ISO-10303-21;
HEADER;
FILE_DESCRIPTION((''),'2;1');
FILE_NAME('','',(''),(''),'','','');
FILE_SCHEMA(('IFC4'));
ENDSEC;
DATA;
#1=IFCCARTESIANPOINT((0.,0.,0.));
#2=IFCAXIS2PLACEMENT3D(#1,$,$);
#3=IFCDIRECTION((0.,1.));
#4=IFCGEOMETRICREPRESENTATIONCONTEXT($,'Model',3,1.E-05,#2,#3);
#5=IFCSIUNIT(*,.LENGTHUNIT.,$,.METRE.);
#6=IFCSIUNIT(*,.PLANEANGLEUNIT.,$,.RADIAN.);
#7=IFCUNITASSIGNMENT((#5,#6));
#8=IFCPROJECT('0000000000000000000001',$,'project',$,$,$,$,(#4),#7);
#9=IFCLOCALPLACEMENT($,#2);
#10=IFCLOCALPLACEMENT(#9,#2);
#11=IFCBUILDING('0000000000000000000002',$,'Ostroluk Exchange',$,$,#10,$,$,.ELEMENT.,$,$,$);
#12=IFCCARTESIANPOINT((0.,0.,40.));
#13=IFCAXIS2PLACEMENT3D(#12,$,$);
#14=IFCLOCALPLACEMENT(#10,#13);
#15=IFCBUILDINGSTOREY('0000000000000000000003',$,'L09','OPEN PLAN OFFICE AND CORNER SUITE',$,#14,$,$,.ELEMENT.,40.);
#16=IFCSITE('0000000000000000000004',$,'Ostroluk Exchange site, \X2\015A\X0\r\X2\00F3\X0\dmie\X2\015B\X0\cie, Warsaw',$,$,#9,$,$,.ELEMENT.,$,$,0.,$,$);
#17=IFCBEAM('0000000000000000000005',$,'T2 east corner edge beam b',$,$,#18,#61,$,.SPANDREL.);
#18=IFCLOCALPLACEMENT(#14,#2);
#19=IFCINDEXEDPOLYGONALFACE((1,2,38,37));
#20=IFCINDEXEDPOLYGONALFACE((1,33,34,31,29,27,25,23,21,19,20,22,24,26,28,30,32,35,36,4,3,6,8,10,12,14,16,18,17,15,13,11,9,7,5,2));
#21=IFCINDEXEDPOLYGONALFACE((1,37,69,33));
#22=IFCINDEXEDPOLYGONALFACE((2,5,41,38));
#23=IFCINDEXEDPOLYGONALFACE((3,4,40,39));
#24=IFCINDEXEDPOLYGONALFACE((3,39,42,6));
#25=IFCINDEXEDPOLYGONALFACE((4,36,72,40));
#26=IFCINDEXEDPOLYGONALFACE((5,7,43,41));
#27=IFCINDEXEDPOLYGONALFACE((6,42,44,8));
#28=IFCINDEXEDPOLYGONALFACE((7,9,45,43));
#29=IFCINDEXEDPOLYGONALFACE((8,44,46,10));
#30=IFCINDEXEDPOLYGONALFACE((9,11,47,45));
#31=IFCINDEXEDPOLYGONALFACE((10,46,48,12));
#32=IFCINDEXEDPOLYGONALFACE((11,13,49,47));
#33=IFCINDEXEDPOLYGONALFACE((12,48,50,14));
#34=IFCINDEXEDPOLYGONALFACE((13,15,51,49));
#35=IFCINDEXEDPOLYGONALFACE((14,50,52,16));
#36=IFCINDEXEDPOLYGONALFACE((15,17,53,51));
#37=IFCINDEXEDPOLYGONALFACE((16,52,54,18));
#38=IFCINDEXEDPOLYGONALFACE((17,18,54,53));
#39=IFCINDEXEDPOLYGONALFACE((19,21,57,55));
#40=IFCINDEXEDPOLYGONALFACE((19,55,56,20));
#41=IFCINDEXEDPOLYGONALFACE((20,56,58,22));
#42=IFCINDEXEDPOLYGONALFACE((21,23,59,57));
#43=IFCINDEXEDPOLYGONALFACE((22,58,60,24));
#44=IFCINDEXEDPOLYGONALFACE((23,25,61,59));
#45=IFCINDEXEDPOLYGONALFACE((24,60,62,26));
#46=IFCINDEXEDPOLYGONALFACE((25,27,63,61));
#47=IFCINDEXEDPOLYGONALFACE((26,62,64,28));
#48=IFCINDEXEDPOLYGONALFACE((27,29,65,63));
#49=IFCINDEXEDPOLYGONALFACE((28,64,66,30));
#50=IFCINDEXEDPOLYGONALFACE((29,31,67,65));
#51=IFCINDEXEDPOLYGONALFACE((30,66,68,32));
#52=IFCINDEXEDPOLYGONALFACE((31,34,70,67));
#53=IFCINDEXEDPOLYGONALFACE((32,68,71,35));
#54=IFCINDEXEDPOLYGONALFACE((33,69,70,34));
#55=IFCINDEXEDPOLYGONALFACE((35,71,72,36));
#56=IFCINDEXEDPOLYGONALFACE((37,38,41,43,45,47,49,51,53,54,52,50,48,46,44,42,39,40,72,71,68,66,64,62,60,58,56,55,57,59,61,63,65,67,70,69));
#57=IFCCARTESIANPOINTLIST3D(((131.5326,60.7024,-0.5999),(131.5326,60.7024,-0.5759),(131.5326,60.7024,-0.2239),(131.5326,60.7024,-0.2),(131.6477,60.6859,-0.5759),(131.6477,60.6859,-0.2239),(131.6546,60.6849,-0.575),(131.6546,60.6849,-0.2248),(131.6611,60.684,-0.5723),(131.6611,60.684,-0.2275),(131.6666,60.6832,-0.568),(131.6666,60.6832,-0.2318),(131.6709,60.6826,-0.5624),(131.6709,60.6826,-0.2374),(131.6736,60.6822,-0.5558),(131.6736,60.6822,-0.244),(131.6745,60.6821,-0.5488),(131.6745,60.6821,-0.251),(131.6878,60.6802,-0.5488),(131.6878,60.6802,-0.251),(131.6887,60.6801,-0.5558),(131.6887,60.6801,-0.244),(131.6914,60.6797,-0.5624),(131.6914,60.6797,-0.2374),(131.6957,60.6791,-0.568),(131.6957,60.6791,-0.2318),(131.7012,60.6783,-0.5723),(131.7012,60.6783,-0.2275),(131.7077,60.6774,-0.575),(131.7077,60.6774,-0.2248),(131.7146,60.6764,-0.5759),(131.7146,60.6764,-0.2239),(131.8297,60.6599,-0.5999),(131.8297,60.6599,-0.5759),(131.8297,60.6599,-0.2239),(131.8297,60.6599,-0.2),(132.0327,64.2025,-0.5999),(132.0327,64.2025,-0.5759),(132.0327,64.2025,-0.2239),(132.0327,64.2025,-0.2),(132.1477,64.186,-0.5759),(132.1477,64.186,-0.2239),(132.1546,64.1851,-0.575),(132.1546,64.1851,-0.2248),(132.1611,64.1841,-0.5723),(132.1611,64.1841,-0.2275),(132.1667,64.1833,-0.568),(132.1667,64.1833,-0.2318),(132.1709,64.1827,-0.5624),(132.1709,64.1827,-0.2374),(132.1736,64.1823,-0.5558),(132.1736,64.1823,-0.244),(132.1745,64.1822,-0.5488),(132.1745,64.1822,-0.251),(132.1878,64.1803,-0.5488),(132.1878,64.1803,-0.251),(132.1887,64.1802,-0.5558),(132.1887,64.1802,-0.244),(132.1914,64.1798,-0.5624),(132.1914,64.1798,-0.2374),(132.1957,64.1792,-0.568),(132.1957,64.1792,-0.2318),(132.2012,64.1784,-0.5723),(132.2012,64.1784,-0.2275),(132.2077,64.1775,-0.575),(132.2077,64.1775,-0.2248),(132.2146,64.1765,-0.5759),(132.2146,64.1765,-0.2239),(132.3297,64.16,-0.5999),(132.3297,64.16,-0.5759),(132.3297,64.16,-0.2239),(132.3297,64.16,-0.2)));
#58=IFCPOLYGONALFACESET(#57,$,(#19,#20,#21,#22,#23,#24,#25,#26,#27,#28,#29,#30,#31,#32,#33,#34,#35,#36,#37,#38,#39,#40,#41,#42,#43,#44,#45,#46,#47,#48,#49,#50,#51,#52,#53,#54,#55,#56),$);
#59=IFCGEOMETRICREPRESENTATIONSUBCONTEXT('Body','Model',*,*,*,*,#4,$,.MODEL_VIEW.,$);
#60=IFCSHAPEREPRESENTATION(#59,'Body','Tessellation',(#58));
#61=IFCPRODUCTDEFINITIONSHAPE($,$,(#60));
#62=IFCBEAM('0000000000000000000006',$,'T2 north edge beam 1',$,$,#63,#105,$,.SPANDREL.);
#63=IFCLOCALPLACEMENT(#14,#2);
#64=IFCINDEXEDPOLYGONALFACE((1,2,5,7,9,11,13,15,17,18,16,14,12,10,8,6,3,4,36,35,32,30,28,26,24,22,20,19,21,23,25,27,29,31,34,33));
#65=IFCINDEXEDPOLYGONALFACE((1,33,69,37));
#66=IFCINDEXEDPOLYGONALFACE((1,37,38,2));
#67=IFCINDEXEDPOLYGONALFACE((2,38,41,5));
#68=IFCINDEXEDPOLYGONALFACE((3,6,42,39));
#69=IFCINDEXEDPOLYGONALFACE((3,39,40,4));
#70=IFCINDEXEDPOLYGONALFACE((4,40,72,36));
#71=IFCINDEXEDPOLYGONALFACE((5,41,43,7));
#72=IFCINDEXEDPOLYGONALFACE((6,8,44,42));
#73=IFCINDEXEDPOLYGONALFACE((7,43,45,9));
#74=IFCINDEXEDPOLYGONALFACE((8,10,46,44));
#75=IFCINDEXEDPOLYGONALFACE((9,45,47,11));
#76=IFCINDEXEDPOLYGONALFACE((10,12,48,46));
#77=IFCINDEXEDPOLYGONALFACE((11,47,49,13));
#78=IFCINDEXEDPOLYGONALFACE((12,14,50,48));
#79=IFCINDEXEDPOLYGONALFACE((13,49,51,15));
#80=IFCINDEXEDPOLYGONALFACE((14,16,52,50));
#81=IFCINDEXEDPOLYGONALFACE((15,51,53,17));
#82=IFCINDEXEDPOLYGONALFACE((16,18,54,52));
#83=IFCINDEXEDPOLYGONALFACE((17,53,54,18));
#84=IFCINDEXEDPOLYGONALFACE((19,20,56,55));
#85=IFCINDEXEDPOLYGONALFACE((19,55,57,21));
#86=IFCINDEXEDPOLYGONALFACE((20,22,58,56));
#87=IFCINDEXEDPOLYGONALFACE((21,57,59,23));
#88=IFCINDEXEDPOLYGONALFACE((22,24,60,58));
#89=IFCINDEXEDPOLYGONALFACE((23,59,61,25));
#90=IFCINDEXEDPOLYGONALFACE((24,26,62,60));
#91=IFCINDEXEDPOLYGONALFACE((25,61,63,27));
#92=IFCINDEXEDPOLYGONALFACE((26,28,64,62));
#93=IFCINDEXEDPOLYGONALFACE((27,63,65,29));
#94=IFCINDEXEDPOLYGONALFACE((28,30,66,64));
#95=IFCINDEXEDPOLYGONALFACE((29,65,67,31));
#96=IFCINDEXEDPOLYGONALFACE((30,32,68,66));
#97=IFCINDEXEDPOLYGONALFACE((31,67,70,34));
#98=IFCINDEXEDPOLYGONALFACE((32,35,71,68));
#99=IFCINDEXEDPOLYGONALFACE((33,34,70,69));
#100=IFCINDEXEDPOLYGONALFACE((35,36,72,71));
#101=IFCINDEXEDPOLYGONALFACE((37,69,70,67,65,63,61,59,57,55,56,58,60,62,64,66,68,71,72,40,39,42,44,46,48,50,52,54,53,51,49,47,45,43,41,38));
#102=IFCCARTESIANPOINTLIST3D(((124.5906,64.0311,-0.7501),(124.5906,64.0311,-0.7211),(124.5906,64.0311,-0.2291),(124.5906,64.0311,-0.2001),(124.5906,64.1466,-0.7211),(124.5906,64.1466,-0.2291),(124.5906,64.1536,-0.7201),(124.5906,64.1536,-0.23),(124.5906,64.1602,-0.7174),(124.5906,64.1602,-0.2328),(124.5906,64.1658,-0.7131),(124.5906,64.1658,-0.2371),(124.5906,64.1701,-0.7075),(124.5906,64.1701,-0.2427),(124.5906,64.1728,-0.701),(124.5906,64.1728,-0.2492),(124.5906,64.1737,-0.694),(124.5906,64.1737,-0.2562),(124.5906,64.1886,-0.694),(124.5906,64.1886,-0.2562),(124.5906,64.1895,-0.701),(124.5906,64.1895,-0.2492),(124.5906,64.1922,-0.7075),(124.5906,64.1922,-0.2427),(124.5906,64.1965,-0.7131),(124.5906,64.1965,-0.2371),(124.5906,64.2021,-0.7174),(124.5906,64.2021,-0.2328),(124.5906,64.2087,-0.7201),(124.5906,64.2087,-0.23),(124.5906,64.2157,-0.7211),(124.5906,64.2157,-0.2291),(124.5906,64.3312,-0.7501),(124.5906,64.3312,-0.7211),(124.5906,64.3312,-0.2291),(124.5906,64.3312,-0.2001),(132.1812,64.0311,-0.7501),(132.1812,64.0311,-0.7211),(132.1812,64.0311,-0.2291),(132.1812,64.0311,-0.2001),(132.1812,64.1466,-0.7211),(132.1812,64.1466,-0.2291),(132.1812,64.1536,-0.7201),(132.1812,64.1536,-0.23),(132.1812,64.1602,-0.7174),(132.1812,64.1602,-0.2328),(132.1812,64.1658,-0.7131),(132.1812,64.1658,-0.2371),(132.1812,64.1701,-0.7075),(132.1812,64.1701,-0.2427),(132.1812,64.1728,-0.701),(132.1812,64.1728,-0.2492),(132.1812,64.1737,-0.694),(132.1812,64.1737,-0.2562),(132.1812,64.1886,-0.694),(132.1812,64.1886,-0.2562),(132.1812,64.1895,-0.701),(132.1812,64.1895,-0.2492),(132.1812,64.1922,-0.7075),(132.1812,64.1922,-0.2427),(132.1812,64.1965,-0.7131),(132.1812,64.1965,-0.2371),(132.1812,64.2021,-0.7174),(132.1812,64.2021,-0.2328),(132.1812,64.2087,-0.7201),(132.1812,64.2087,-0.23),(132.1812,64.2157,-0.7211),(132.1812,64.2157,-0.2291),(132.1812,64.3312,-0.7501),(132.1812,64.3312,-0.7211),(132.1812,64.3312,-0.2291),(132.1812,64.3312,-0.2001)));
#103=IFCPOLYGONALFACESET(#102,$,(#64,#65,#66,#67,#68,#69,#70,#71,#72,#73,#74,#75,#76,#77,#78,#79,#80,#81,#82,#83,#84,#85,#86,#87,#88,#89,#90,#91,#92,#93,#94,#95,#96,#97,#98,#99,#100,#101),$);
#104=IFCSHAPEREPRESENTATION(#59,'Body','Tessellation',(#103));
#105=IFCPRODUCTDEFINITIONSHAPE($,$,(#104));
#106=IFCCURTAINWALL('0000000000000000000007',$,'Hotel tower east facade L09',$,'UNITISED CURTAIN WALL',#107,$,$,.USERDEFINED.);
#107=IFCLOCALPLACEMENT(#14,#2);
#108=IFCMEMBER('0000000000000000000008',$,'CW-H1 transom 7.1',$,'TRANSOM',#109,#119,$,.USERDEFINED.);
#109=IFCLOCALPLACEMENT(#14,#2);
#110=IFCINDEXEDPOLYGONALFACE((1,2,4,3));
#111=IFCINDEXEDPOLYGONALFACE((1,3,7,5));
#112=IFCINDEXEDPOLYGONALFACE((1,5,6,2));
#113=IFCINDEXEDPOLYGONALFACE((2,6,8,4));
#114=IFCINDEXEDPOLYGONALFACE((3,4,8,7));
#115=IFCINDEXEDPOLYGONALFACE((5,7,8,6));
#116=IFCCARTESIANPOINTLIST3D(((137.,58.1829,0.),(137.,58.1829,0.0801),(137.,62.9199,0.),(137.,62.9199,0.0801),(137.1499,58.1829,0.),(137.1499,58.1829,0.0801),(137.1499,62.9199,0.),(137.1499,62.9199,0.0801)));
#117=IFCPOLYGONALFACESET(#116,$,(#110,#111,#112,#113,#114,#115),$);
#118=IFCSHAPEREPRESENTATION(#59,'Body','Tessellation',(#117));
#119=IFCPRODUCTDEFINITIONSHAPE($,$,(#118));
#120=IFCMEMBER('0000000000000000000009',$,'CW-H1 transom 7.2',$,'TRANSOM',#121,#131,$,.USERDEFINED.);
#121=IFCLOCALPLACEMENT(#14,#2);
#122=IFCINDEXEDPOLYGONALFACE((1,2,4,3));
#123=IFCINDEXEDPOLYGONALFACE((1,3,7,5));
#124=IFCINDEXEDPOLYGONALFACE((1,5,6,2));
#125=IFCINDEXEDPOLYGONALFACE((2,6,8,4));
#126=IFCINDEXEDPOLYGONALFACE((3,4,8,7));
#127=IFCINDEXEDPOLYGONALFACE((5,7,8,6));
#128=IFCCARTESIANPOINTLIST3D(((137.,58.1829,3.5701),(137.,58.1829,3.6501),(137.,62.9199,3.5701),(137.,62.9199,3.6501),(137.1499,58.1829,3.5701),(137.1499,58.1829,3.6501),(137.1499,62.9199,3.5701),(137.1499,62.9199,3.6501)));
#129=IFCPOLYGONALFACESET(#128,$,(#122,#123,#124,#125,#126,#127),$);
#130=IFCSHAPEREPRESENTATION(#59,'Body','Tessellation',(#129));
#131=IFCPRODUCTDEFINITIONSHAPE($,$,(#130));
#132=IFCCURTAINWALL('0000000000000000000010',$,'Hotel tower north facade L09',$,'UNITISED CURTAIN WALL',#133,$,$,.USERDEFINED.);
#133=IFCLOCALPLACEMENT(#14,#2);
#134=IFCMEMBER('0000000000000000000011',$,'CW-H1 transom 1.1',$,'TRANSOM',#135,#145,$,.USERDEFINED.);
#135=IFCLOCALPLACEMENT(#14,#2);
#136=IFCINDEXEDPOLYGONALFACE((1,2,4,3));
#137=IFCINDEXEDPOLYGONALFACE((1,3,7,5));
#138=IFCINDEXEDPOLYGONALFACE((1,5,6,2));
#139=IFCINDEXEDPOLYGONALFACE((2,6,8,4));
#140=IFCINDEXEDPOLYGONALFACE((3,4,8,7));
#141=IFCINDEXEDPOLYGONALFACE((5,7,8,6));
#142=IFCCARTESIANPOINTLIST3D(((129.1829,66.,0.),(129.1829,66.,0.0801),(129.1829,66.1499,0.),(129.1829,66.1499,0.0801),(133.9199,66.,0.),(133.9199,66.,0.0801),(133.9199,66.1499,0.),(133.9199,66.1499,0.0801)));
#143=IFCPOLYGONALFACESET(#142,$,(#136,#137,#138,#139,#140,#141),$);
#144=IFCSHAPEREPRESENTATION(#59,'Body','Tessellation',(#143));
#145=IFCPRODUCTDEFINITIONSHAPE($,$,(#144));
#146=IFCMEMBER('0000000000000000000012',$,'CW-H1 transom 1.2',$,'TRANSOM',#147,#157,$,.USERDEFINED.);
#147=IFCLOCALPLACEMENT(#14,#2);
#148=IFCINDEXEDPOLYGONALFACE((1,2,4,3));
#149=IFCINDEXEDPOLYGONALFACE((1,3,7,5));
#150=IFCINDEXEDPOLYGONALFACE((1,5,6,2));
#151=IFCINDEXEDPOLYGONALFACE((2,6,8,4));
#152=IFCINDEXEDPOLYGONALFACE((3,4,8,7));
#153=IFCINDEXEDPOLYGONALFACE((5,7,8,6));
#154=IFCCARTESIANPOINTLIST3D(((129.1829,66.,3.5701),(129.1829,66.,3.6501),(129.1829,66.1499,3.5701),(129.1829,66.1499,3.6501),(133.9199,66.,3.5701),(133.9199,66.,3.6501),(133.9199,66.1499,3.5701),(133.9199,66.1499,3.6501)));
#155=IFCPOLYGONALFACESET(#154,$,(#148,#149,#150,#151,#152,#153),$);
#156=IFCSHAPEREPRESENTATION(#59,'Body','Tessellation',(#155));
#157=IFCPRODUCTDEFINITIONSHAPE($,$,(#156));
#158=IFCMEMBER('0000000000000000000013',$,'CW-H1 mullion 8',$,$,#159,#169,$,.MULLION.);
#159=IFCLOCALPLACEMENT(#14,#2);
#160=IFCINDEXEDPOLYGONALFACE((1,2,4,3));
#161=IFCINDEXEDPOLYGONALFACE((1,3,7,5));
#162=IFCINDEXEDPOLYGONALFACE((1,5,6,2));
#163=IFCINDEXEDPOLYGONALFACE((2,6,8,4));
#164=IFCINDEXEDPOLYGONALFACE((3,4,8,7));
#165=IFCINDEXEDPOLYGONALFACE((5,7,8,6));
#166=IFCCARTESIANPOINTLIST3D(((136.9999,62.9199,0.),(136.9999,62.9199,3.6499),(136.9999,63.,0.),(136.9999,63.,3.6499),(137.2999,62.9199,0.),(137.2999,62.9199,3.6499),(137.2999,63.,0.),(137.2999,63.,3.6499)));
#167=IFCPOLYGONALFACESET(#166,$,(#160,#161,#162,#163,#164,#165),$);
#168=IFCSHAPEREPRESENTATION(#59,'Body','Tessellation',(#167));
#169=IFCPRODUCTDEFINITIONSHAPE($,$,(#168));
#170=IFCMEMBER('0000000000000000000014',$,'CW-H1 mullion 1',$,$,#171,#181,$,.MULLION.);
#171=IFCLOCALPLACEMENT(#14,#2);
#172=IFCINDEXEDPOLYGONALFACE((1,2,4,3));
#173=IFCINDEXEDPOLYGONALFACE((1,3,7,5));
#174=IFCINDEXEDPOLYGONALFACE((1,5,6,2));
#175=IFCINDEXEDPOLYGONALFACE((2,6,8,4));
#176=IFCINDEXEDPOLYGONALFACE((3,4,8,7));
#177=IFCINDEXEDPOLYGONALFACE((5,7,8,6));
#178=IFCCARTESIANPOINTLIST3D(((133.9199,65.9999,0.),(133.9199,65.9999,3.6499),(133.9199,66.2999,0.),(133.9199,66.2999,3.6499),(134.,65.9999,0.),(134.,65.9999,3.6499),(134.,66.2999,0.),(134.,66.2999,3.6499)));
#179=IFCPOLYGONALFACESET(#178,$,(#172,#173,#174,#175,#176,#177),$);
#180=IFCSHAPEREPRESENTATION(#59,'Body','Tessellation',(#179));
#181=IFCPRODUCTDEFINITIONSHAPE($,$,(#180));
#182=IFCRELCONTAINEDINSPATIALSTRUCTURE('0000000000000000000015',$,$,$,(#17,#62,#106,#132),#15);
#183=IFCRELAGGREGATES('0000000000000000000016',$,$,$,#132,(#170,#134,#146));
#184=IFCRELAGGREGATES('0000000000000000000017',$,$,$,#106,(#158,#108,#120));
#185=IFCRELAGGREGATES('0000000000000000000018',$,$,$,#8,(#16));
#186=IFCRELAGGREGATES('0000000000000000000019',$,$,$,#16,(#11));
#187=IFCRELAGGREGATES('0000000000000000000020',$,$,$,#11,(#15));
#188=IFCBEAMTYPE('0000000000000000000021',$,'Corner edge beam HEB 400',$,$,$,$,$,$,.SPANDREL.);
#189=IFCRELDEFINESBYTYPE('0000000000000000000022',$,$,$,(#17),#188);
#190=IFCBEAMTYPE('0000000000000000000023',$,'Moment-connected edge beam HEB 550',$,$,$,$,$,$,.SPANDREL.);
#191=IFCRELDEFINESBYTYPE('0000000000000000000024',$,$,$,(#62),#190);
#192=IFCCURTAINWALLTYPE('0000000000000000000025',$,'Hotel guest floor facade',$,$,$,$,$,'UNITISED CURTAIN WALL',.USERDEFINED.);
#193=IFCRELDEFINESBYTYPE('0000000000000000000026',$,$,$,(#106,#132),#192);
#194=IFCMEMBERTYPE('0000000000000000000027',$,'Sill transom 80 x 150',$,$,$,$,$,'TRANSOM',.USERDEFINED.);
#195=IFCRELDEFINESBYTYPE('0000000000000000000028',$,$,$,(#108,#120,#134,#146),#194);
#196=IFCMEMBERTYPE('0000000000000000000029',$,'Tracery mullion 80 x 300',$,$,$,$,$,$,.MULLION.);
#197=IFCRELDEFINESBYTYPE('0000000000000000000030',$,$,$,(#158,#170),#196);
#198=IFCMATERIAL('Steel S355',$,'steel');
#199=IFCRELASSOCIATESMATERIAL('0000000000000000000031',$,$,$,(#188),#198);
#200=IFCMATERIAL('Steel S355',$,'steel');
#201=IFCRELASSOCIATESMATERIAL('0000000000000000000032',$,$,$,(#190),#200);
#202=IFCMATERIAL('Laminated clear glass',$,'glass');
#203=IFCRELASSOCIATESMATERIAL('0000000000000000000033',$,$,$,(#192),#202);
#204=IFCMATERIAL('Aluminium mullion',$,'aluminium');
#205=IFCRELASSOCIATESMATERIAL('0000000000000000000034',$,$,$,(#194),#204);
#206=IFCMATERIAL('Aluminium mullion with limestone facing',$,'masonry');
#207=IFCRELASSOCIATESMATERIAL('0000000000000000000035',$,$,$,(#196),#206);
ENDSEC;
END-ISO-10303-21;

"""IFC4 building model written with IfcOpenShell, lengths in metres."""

from ifc_helpers import new_model, si_unit, direction, frame, origin, origin_2d, place, context, subcontext, project, spatial, rectangle, i_section, extrude, material, material_profile, profile_set, type_object, element, aggregate, save


model = new_model("IFC4")

# Units and contexts
model_context = context("Model", 3, precision=1e-05, world=origin(), true_north=direction((0.0, 1.0)))
body_context = subcontext(model_context, "Body", "Model", "MODEL_VIEW")
ifc_project = project(units=[si_unit("LENGTHUNIT", "METRE"), si_unit("PLANEANGLEUNIT", "RADIAN")], contexts=[model_context])

# Site, building, storey
site_placement = place(None, origin())
site = spatial("IfcSite", under=ifc_project, at=site_placement, Name="Ostroluk Exchange site, Śródmieście, Warsaw", CompositionType="ELEMENT", RefElevation=0.0)
building_placement = place(site_placement, origin())
building = spatial("IfcBuilding", under=site, at=building_placement, Name="Ostroluk Exchange", CompositionType="ELEMENT")
storey_placement = place(building_placement, frame((0.0, 0.0, 40.0)))
storey = spatial("IfcBuildingStorey", under=building, at=storey_placement, Name="L09", Description="OPEN PLAN OFFICE AND CORNER SUITE", CompositionType="ELEMENT", Elevation=40.0)

# Beams
ifc_material_1 = material(Name="Steel S355", Category="steel")
ifc_material_profile_1 = material_profile(ifc_material_1, i_section(OverallWidth=0.3, OverallDepth=0.3999, WebThickness=0.0134, FlangeThickness=0.0239, FilletRadius=0.0271, at=origin_2d()), Name="HEB 400")
ifc_profile_set_1 = profile_set([ifc_material_profile_1], Name="Steel S355")
beam_type_1 = type_object("IfcBeamType", Name="Corner edge beam HEB 400", PredefinedType="SPANDREL", material=ifc_profile_set_1)
for number, where, z_axis, x_axis, name in (
    (1, (131.6812, 60.6812, -0.3999), (0.141421, 0.989949, 0.0), (-0.989949, 0.141421, 0.0), "T2 east corner edge beam b"),
):
    element("IfcBeam", number, at=place(storey_placement, frame(where, z_axis=z_axis, x_axis=x_axis)), inside=storey, type_object=beam_type_1, Name=name, PredefinedType="SPANDREL", context=body_context, shape_type="SweptSolid", body=[
        extrude(i_section(OverallWidth=0.3, OverallDepth=0.3999, WebThickness=0.0134, FlangeThickness=0.0239, FilletRadius=0.0271, at=origin_2d()), origin(), (0.0, 0.0, 1.0), 3.5356),
    ])
ifc_material_2 = material(Name="Steel S355", Category="steel")
ifc_material_profile_2 = material_profile(ifc_material_2, i_section(OverallWidth=0.3, OverallDepth=0.55, WebThickness=0.0149, FlangeThickness=0.0291, FilletRadius=0.0271, at=origin_2d()), Name="HEB 550")
ifc_profile_set_2 = profile_set([ifc_material_profile_2], Name="Steel S355")
beam_type_2 = type_object("IfcBeamType", Name="Moment-connected edge beam HEB 550", PredefinedType="SPANDREL", material=ifc_profile_set_2)
beam_1_placement = place(storey_placement, frame((132.1812, 64.1812, -0.4751), z_axis=(-1.0, 0.0, 0.0), x_axis=(0.0, -1.0, 0.0)))
element("IfcBeam", 2, at=beam_1_placement, inside=storey, type_object=beam_type_2, Name="T2 north edge beam 1", PredefinedType="SPANDREL", context=body_context, shape_type="SweptSolid", body=[
    extrude(i_section(OverallWidth=0.3, OverallDepth=0.55, WebThickness=0.0149, FlangeThickness=0.0291, FilletRadius=0.0271, at=origin_2d()), origin(), (0.0, 0.0, 1.0), 7.5906),
])

# Curtain walls, members
ifc_material_3 = material(Name="Laminated clear glass", Category="glass")
curtain_wall_type = type_object("IfcCurtainWallType", Name="Hotel guest floor facade", ElementType="UNITISED CURTAIN WALL", PredefinedType="USERDEFINED", material=ifc_material_3)
curtain_wall_1_placement = place(storey_placement, origin())
curtain_wall_1 = element("IfcCurtainWall", 3, at=curtain_wall_1_placement, inside=storey, type_object=curtain_wall_type, Name="Hotel tower east facade L09", ObjectType="UNITISED CURTAIN WALL", PredefinedType="USERDEFINED")
ifc_material_4 = material(Name="Aluminium mullion", Category="aluminium")
ifc_material_profile_3 = material_profile(ifc_material_4, rectangle(XDim=0.1499, YDim=0.0801, at=origin_2d()), Name="Sill transom 80 x 150")
ifc_profile_set_3 = profile_set([ifc_material_profile_3], Name="Aluminium mullion")
member_type_1 = type_object("IfcMemberType", Name="Sill transom 80 x 150", ElementType="TRANSOM", PredefinedType="USERDEFINED", material=ifc_profile_set_3)
member_1_placement = place(storey_placement, frame((137.075, 58.1829, 0.04), z_axis=(0.0, 1.0, 0.0), x_axis=(-1.0, 0.0, 0.0)))
member_1 = element("IfcMember", 4, at=member_1_placement, type_object=member_type_1, Name="CW-H1 transom 7.1", ObjectType="TRANSOM", PredefinedType="USERDEFINED", context=body_context, shape_type="SweptSolid", body=[
    extrude(rectangle(XDim=0.1499, YDim=0.0801, at=origin_2d()), origin(), (0.0, 0.0, 1.0), 4.7371),
])
member_2_placement = place(storey_placement, frame((137.075, 58.1829, 3.6101), z_axis=(0.0, 1.0, 0.0), x_axis=(-1.0, 0.0, 0.0)))
member_2 = element("IfcMember", 5, at=member_2_placement, type_object=member_type_1, Name="CW-H1 transom 7.2", ObjectType="TRANSOM", PredefinedType="USERDEFINED", context=body_context, shape_type="SweptSolid", body=[
    extrude(rectangle(XDim=0.1499, YDim=0.0801, at=origin_2d()), origin(), (0.0, 0.0, 1.0), 4.7371),
])
curtain_wall_2_placement = place(storey_placement, origin())
curtain_wall_2 = element("IfcCurtainWall", 6, at=curtain_wall_2_placement, inside=storey, type_object=curtain_wall_type, Name="Hotel tower north facade L09", ObjectType="UNITISED CURTAIN WALL", PredefinedType="USERDEFINED")
member_3_placement = place(storey_placement, frame((133.9199, 66.075, 0.04), z_axis=(-1.0, 0.0, 0.0), x_axis=(0.0, -1.0, 0.0)))
member_3 = element("IfcMember", 7, at=member_3_placement, type_object=member_type_1, Name="CW-H1 transom 1.1", ObjectType="TRANSOM", PredefinedType="USERDEFINED", context=body_context, shape_type="SweptSolid", body=[
    extrude(rectangle(XDim=0.1499, YDim=0.0801, at=origin_2d()), origin(), (0.0, 0.0, 1.0), 4.7371),
])
member_4_placement = place(storey_placement, frame((133.9199, 66.075, 3.6101), z_axis=(-1.0, 0.0, 0.0), x_axis=(0.0, -1.0, 0.0)))
member_4 = element("IfcMember", 8, at=member_4_placement, type_object=member_type_1, Name="CW-H1 transom 1.2", ObjectType="TRANSOM", PredefinedType="USERDEFINED", context=body_context, shape_type="SweptSolid", body=[
    extrude(rectangle(XDim=0.1499, YDim=0.0801, at=origin_2d()), origin(), (0.0, 0.0, 1.0), 4.7371),
])

# Members
ifc_material_5 = material(Name="Aluminium mullion with limestone facing", Category="masonry")
ifc_material_profile_4 = material_profile(ifc_material_5, rectangle(XDim=0.3, YDim=0.0801, at=origin_2d()), Name="Tracery mullion 80 x 300")
ifc_profile_set_4 = profile_set([ifc_material_profile_4], Name="Aluminium mullion with limestone facing")
member_type_2 = type_object("IfcMemberType", Name="Tracery mullion 80 x 300", PredefinedType="MULLION", material=ifc_profile_set_4)
member_5_placement = place(storey_placement, frame((137.1499, 62.96, 0.0), z_axis=(0.0, 0.0, 1.0), x_axis=(-1.0, 0.0, 0.0)))
member_5 = element("IfcMember", 9, at=member_5_placement, type_object=member_type_2, Name="CW-H1 mullion 8", PredefinedType="MULLION", context=body_context, shape_type="SweptSolid", body=[
    extrude(rectangle(XDim=0.3, YDim=0.0801, at=origin_2d()), origin(), (0.0, 0.0, 1.0), 3.6499),
])
member_6_placement = place(storey_placement, frame((133.96, 66.1499, 0.0), z_axis=(0.0, 0.0, 1.0), x_axis=(0.0, -1.0, 0.0)))
member_6 = element("IfcMember", 10, at=member_6_placement, type_object=member_type_2, Name="CW-H1 mullion 1", PredefinedType="MULLION", context=body_context, shape_type="SweptSolid", body=[
    extrude(rectangle(XDim=0.3, YDim=0.0801, at=origin_2d()), origin(), (0.0, 0.0, 1.0), 3.6499),
])
aggregate(curtain_wall_2, [member_6, member_3, member_4])

aggregate(curtain_wall_1, [member_5, member_1, member_2])

save(model, "model.ifc")
